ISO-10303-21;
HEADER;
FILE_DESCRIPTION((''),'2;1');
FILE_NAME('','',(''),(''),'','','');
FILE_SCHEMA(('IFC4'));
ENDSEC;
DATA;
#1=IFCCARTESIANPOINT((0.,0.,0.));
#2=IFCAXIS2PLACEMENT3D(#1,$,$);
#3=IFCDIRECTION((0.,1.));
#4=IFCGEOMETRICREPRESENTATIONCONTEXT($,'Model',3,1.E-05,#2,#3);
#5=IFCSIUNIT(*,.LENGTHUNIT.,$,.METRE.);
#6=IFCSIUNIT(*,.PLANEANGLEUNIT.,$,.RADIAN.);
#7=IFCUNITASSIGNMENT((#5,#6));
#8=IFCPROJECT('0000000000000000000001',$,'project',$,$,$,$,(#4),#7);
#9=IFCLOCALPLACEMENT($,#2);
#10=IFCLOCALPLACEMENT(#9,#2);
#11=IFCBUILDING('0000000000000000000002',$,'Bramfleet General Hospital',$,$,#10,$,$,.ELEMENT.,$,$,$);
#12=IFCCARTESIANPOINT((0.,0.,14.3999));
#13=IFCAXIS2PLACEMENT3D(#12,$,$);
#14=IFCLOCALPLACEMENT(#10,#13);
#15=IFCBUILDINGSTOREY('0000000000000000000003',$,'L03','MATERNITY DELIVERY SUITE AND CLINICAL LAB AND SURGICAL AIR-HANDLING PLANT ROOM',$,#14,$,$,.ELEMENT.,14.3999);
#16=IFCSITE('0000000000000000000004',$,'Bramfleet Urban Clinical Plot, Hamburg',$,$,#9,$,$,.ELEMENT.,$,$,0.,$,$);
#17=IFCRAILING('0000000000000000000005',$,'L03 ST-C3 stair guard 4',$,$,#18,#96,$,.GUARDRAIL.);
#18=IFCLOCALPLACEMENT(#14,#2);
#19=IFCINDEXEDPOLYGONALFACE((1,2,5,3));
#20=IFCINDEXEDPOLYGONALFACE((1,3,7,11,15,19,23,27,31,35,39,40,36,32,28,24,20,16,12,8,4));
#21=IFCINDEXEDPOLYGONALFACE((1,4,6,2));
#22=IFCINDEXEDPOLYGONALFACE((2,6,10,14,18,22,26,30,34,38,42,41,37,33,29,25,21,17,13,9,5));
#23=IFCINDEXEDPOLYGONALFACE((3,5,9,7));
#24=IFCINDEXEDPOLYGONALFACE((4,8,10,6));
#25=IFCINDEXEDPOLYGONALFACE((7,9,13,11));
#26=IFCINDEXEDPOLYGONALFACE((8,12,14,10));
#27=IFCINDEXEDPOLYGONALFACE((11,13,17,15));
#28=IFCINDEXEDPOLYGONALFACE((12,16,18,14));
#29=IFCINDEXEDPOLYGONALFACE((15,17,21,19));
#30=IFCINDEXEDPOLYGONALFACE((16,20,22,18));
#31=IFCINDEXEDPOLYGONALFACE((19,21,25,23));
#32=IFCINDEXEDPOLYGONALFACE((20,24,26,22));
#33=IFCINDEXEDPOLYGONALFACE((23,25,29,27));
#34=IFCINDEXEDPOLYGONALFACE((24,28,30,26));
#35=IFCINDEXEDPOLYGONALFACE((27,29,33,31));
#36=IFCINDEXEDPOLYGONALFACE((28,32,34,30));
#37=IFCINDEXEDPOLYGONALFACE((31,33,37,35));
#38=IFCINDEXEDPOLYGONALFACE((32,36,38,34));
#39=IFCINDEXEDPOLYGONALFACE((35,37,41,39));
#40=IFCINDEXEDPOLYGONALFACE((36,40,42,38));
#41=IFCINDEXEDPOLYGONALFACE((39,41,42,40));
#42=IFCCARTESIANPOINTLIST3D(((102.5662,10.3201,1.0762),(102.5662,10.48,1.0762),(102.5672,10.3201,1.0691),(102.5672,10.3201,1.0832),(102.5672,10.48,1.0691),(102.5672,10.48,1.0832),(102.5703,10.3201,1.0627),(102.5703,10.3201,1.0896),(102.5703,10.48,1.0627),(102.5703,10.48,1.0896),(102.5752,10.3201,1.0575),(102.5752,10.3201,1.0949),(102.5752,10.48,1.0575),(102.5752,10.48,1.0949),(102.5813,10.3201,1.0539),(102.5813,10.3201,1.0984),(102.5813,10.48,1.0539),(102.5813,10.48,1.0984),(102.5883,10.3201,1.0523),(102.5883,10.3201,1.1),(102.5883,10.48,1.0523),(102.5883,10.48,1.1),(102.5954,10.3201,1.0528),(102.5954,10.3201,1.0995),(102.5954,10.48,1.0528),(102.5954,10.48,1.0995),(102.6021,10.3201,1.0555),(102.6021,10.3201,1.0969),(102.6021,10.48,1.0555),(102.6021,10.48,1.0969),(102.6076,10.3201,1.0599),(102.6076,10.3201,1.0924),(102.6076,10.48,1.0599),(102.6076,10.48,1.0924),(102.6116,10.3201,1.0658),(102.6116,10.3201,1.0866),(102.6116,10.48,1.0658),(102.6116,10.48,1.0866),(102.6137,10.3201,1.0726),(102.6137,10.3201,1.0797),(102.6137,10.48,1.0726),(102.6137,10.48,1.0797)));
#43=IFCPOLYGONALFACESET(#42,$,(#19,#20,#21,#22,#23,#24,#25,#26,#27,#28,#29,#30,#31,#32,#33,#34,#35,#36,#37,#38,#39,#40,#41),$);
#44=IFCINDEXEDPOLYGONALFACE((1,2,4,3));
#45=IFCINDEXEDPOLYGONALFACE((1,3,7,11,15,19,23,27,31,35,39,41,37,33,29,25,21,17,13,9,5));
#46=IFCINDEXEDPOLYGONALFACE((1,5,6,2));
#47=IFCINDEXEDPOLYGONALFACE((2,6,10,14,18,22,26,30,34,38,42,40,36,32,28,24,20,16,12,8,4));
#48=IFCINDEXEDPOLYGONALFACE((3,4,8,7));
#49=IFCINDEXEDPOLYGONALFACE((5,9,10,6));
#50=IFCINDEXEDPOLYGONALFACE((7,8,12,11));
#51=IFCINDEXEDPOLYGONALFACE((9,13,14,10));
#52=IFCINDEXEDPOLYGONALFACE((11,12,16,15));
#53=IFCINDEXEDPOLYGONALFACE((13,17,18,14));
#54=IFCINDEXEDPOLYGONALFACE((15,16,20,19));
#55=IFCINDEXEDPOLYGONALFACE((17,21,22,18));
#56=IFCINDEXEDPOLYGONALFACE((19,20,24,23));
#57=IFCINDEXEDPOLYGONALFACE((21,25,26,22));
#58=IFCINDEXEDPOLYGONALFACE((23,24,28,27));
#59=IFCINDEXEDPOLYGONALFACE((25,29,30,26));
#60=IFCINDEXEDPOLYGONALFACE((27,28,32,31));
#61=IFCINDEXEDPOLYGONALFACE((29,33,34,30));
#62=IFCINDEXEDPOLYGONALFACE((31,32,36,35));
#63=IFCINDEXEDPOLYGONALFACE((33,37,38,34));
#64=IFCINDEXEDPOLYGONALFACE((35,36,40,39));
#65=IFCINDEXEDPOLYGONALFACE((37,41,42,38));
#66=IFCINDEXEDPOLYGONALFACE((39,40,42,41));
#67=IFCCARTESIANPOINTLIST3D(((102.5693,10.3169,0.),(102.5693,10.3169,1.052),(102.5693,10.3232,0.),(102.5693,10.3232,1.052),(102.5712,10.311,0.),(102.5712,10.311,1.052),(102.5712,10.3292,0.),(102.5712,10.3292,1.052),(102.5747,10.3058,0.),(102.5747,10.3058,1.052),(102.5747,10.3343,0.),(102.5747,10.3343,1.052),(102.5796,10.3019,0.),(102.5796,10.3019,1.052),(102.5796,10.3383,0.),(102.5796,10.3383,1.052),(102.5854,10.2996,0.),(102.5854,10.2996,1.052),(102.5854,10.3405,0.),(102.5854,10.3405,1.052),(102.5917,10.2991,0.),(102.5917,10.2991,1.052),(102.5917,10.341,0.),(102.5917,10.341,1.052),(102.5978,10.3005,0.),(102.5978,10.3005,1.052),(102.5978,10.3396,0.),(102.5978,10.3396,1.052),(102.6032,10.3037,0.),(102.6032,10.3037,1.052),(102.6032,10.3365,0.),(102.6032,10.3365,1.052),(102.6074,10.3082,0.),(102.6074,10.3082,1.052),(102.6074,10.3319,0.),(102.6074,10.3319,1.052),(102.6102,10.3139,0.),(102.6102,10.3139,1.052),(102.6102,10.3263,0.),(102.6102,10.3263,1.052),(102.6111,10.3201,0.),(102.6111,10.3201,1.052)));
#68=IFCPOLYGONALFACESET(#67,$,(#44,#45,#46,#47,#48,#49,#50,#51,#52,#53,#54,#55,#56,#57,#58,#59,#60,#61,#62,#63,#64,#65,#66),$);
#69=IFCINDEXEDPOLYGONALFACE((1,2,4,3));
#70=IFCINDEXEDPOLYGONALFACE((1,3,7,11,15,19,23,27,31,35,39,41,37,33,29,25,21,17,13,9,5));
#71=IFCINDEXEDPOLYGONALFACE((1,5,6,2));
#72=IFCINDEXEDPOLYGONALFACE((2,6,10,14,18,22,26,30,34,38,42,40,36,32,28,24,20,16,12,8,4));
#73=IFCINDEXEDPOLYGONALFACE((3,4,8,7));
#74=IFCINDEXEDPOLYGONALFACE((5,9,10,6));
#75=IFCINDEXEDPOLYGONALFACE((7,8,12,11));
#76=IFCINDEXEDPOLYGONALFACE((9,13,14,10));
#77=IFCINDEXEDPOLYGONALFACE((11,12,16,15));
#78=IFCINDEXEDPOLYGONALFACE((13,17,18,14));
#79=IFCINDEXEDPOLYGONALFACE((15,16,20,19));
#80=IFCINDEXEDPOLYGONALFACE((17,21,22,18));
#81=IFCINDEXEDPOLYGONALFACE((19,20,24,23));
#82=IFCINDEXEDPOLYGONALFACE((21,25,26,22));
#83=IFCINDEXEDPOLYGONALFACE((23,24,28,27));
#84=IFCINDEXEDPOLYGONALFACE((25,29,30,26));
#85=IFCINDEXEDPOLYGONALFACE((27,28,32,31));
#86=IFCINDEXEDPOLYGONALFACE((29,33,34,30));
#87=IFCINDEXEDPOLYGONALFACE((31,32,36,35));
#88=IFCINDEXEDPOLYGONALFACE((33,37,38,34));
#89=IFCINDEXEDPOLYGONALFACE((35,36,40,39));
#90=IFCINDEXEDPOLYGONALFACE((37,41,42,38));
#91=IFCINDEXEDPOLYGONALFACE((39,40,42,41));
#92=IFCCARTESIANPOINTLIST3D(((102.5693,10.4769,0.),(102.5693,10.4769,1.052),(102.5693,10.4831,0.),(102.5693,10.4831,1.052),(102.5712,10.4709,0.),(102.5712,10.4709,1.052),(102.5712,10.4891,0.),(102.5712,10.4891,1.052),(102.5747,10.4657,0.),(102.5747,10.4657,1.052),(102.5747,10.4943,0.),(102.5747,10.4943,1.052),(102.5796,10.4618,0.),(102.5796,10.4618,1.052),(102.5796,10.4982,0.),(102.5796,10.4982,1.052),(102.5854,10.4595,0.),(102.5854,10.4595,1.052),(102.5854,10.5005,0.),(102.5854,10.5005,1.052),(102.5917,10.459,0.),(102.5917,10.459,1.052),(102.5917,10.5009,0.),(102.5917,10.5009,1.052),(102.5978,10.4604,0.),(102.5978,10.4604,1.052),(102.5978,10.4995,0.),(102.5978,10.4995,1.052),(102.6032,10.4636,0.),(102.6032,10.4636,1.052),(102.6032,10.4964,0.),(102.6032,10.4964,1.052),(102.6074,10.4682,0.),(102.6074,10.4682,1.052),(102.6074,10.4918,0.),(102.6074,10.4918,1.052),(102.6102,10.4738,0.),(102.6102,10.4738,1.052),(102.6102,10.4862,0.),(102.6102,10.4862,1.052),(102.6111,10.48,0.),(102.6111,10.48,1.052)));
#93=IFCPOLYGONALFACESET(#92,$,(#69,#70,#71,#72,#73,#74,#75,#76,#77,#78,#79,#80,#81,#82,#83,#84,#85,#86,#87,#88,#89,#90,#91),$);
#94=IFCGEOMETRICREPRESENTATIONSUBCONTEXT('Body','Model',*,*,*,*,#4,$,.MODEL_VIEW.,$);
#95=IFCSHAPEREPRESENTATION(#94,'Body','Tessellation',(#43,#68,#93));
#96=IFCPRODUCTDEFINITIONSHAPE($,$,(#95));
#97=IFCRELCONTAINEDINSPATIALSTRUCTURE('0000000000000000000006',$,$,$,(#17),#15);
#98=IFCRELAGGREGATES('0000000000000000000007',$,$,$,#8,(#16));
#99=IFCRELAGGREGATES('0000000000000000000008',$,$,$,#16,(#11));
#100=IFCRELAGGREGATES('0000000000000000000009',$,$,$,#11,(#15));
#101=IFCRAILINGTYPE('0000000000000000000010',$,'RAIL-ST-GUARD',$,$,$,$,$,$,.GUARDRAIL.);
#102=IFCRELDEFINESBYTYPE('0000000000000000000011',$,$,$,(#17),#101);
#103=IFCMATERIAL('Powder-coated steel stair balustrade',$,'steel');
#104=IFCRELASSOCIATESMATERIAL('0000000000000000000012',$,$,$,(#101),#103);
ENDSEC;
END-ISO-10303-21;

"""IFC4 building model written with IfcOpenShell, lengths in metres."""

from ifc_helpers import new_model, si_unit, direction, frame, origin, origin_2d, place, context, subcontext, project, spatial, circle, extrude, material, type_object, element, save


model = new_model("IFC4")

# Units and contexts
model_context = context("Model", 3, precision=1e-05, world=origin(), true_north=direction((0.0, 1.0)))
body_context = subcontext(model_context, "Body", "Model", "MODEL_VIEW")
ifc_project = project(units=[si_unit("LENGTHUNIT", "METRE"), si_unit("PLANEANGLEUNIT", "RADIAN")], contexts=[model_context])

# Site, building, storey
site_placement = place(None, origin())
site = spatial("IfcSite", under=ifc_project, at=site_placement, Name="Bramfleet Urban Clinical Plot, Hamburg", CompositionType="ELEMENT", RefElevation=0.0)
building_placement = place(site_placement, origin())
building = spatial("IfcBuilding", under=site, at=building_placement, Name="Bramfleet General Hospital", CompositionType="ELEMENT")
storey_placement = place(building_placement, frame((0.0, 0.0, 14.3999)))
storey = spatial("IfcBuildingStorey", under=building, at=storey_placement, Name="L03", Description="MATERNITY DELIVERY SUITE AND CLINICAL LAB AND SURGICAL AIR-HANDLING PLANT ROOM", CompositionType="ELEMENT", Elevation=14.3999)

# Railing
ifc_material_1 = material(Name="Powder-coated steel stair balustrade", Category="steel")
railing_type_1 = type_object("IfcRailingType", Name="RAIL-ST-GUARD", PredefinedType="GUARDRAIL", material=ifc_material_1)
railing_1_placement = place(storey_placement, frame((102.5901, 10.3201, 0.0)))
element("IfcRailing", 1, at=railing_1_placement, inside=storey, type_object=railing_type_1, Name="L03 ST-C3 stair guard 4", PredefinedType="GUARDRAIL", context=body_context, shape_type="SweptSolid", body=[
    extrude(circle(Radius=0.0239, at=origin_2d()), frame((0.0, 0.0, 1.0762), z_axis=(0.0, 1.0, 0.0), x_axis=(-1.0, 0.0, 0.0)), (0.0, 0.0, 1.0), 0.1599),
    extrude(circle(Radius=0.021, at=origin_2d()), origin(), (0.0, 0.0, 1.0), 1.052),
    extrude(circle(Radius=0.021, at=origin_2d()), frame((0.0, 0.1599, 0.0)), (0.0, 0.0, 1.0), 1.052),
])

save(model, "model.ifc")
